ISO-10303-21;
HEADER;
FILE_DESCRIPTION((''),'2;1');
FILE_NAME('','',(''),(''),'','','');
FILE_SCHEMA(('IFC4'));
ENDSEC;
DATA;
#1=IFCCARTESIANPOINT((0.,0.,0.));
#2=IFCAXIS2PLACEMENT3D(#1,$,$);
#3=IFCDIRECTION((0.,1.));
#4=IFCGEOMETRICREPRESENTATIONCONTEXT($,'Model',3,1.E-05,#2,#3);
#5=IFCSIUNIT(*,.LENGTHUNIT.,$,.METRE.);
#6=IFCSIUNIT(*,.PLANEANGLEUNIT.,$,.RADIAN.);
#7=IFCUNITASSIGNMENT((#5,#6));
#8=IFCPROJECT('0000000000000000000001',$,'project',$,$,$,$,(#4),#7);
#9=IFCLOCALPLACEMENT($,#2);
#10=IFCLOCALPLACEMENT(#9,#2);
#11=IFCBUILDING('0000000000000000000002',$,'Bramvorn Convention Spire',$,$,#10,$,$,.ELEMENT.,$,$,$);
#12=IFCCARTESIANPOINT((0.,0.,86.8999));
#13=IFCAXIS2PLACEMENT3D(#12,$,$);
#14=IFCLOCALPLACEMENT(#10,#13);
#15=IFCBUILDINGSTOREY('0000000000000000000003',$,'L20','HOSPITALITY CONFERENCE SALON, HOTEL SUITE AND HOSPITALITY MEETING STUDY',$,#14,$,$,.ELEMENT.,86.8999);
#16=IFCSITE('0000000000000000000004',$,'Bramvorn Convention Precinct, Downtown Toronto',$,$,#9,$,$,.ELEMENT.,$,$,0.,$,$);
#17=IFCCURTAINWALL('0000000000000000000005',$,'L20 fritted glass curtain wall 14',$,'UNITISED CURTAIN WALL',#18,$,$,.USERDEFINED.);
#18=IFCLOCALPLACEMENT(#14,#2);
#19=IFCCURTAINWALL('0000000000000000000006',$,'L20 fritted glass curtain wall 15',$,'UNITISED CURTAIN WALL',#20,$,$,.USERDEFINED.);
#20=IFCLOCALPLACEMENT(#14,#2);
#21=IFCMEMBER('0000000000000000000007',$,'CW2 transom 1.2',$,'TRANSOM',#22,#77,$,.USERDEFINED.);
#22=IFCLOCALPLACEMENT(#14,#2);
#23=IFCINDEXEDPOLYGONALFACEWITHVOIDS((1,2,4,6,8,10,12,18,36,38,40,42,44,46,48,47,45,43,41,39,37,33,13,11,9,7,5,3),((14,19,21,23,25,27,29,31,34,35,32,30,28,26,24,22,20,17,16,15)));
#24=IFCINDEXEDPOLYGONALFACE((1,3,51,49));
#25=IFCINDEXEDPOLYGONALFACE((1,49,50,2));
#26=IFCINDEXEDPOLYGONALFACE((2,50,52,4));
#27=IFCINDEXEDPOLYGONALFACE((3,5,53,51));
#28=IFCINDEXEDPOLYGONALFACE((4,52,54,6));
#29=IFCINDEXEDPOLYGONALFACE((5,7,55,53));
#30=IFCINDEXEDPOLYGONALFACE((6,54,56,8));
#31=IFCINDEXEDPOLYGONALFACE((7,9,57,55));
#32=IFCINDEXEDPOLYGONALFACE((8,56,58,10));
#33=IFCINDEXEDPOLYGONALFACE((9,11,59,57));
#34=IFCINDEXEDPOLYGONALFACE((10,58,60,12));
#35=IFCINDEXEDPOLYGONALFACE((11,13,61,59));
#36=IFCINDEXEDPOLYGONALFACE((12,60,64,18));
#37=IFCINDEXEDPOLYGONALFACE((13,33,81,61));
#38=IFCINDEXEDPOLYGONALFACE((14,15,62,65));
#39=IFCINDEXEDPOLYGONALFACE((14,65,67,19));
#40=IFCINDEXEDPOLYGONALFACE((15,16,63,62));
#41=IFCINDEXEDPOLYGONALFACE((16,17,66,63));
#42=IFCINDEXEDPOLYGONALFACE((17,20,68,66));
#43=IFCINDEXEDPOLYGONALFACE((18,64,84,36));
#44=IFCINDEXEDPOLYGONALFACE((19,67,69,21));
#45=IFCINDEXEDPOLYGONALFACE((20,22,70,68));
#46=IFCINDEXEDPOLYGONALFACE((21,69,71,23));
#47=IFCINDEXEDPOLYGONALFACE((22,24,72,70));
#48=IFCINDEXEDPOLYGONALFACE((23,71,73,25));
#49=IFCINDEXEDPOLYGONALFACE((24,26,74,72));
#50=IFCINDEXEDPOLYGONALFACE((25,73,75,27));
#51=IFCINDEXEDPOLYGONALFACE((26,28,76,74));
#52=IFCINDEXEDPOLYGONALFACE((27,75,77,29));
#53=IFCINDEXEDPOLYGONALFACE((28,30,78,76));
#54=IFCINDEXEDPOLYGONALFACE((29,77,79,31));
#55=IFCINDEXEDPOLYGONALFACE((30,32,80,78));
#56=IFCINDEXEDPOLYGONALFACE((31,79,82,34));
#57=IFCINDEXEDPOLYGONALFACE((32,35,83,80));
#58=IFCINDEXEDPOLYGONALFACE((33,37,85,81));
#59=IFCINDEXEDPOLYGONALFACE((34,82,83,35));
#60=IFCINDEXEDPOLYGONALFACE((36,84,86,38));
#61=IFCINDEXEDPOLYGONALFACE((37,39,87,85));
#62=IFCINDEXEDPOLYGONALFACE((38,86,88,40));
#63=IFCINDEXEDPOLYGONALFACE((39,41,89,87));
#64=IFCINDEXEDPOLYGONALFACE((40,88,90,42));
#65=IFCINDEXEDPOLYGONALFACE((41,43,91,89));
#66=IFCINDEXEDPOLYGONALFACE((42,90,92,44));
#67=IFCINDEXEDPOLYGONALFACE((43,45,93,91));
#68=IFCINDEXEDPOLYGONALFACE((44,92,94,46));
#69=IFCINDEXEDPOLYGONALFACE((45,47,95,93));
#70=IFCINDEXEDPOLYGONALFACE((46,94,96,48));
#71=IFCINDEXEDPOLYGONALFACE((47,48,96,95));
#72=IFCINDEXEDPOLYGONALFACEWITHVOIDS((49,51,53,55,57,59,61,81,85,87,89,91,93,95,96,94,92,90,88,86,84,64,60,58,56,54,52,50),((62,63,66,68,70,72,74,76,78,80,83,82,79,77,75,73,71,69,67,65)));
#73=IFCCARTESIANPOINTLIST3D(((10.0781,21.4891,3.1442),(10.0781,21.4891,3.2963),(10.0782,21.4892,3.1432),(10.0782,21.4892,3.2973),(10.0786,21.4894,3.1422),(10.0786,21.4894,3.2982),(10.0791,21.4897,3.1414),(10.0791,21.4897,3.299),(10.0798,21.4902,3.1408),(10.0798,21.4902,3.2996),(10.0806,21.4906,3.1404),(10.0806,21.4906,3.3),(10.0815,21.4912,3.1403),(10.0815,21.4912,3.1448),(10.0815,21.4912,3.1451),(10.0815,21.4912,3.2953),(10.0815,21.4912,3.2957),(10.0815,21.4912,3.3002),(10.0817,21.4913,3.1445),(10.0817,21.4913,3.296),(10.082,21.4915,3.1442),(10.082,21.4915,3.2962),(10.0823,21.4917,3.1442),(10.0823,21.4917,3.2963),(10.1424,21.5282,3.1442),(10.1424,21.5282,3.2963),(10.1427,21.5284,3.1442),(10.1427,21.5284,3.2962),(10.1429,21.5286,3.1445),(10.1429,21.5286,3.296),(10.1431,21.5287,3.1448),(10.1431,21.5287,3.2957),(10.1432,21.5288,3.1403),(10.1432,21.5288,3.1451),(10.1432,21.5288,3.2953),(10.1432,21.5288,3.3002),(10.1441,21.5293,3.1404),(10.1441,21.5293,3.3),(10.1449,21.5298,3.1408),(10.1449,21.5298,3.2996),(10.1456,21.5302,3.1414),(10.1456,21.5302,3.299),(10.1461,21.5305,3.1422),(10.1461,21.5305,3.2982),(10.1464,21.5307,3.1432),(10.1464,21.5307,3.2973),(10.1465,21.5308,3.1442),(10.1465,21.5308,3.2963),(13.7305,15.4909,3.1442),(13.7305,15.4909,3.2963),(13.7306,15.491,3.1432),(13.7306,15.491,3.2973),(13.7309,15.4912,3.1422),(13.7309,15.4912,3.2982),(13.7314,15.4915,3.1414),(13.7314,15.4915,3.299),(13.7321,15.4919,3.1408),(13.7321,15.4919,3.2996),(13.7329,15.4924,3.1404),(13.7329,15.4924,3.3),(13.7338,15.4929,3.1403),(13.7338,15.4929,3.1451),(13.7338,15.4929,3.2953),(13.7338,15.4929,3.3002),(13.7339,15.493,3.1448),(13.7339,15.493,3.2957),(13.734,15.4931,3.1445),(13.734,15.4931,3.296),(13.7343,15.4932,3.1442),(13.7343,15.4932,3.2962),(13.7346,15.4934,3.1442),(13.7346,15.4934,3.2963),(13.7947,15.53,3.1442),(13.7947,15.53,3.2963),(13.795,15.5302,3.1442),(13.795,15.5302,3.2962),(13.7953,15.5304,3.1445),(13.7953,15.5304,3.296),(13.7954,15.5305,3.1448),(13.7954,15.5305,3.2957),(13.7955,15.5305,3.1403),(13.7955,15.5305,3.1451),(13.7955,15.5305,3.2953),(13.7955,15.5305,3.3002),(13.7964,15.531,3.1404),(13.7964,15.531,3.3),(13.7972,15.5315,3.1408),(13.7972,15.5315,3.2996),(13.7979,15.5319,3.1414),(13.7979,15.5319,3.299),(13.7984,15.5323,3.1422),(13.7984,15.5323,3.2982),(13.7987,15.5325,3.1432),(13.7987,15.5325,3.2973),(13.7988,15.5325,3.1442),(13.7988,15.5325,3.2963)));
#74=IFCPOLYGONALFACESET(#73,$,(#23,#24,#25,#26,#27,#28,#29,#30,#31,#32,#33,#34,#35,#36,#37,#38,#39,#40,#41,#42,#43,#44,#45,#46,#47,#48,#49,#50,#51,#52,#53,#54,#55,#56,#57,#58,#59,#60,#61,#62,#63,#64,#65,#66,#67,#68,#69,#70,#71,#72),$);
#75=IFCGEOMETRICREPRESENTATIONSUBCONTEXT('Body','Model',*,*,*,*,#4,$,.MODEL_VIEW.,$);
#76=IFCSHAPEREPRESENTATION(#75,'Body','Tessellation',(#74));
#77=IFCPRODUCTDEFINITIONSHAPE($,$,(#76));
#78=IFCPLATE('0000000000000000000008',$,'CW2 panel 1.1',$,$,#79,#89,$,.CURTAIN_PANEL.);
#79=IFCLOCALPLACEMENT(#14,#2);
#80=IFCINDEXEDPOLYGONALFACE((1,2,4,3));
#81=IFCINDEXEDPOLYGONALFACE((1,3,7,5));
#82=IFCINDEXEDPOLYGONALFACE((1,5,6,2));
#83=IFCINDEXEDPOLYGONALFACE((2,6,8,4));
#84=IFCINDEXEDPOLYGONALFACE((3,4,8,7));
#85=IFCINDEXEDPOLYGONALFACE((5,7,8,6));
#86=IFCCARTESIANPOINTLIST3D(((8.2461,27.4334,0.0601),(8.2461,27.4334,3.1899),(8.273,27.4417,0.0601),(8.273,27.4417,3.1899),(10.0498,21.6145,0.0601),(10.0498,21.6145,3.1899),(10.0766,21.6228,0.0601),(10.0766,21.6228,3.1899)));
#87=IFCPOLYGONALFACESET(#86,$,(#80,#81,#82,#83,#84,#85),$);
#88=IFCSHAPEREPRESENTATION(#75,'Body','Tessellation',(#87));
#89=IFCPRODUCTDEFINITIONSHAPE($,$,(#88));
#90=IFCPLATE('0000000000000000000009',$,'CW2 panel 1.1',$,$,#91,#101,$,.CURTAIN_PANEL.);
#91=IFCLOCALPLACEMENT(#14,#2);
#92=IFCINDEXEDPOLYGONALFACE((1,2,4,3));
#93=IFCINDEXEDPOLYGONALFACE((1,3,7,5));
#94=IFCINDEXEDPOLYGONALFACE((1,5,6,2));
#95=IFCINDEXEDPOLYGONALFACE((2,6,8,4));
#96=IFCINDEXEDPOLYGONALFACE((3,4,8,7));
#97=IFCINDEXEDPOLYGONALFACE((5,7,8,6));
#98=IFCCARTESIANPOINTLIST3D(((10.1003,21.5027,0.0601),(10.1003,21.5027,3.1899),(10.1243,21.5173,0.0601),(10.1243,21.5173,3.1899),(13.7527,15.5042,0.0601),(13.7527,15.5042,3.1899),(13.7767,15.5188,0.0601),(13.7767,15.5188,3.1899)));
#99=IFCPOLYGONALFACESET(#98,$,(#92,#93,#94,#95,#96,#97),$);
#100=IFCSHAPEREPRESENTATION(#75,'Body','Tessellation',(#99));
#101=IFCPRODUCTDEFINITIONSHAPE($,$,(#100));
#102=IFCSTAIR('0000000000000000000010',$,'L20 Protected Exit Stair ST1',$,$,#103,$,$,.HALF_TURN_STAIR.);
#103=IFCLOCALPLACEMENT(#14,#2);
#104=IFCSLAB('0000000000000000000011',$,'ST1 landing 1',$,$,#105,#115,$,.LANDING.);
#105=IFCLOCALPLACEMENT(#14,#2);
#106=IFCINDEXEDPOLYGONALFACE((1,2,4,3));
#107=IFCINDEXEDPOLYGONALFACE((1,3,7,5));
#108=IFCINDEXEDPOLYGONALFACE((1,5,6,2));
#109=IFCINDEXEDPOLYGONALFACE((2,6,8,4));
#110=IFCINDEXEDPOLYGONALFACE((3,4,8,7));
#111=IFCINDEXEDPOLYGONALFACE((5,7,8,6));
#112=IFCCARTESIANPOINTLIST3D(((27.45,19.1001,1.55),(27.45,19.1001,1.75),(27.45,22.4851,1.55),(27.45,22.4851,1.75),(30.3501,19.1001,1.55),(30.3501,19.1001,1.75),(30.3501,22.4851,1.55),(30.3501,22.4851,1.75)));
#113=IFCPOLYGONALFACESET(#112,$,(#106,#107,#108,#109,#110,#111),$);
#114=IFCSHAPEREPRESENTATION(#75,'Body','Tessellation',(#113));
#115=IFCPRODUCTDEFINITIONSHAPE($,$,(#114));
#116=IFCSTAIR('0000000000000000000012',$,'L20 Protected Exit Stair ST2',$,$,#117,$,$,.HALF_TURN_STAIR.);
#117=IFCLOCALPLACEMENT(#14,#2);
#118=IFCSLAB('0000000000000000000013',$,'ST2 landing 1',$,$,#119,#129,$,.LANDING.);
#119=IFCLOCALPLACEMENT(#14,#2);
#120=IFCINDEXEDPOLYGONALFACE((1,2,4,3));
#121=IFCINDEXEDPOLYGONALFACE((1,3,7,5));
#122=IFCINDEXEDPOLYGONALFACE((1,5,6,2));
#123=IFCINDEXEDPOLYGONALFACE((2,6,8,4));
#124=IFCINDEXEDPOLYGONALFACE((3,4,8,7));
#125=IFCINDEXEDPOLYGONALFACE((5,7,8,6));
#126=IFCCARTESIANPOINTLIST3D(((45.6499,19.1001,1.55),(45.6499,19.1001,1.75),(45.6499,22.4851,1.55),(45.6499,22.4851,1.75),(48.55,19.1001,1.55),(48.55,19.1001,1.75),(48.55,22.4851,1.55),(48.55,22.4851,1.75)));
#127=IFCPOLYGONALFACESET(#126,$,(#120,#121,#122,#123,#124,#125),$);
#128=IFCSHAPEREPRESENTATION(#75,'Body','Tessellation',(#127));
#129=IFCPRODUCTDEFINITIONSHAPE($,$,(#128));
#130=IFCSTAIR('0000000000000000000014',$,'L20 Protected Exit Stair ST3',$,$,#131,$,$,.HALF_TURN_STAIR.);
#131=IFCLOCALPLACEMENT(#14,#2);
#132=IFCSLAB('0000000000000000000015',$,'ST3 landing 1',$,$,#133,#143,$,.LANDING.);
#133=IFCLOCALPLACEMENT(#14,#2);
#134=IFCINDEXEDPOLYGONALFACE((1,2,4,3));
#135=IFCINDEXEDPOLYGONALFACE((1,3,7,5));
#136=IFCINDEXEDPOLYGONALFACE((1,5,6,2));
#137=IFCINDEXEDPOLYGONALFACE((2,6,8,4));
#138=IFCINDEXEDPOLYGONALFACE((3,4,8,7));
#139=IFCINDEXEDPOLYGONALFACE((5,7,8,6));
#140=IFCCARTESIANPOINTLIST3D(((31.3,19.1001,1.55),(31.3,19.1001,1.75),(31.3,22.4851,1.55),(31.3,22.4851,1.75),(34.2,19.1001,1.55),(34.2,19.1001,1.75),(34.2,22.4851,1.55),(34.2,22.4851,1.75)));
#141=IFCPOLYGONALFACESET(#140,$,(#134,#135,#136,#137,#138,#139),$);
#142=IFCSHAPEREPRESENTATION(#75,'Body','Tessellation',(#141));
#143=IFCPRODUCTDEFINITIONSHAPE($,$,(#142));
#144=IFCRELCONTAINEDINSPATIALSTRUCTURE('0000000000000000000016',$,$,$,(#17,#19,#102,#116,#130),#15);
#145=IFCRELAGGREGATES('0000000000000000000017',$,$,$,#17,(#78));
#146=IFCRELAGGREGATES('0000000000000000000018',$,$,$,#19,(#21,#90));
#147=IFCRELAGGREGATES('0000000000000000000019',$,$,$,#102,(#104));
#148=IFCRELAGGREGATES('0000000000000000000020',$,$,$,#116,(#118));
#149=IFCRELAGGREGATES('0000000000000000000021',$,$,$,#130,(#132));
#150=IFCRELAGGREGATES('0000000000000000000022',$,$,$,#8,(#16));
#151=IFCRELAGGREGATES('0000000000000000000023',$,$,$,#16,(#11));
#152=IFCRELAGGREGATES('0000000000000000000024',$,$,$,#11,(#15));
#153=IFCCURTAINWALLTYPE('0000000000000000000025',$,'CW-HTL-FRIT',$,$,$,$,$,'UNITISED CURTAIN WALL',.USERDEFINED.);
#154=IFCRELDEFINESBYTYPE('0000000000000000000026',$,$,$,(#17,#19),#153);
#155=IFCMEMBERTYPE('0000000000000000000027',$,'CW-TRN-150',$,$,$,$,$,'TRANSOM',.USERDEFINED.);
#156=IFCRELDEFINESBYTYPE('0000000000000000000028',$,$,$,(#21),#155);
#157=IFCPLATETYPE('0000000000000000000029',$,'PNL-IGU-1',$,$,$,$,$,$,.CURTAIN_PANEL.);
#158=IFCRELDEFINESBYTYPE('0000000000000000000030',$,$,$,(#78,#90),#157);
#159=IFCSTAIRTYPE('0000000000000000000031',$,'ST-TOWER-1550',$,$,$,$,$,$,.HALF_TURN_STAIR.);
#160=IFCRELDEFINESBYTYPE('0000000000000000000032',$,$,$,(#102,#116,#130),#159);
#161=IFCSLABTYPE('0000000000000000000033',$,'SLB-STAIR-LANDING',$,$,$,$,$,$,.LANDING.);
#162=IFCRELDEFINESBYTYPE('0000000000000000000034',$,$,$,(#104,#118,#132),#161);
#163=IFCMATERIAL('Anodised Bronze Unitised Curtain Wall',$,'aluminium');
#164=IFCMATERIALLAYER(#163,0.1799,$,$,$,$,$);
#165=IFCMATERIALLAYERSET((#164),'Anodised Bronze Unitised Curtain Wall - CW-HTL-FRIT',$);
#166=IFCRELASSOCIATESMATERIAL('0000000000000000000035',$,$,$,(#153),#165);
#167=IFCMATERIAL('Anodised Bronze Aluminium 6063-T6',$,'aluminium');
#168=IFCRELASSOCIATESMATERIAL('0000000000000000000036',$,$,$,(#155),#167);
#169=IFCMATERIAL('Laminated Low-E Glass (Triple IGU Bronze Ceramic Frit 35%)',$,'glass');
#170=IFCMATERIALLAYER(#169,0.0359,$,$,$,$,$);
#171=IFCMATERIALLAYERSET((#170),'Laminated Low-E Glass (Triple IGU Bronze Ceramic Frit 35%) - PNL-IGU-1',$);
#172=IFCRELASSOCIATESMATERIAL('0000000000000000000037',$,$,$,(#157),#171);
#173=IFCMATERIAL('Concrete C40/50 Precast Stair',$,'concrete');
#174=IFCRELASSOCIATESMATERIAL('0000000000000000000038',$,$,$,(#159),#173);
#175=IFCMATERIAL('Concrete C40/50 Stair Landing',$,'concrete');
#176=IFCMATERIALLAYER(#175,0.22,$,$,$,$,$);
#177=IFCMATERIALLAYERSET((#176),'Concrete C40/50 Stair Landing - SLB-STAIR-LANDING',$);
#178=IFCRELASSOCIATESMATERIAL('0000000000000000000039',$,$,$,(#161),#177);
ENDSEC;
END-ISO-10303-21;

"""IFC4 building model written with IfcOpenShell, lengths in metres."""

from ifc_helpers import new_model, si_unit, direction, frame, origin, origin_2d, place, context, subcontext, project, spatial, polyline, rectangle, hollow_rectangle, outline, extrude, material, layer, layer_set, material_profile, profile_set, type_object, element, aggregate, save


model = new_model("IFC4")

# Units and contexts
model_context = context("Model", 3, precision=1e-05, world=origin(), true_north=direction((0.0, 1.0)))
body_context = subcontext(model_context, "Body", "Model", "MODEL_VIEW")
ifc_project = project(units=[si_unit("LENGTHUNIT", "METRE"), si_unit("PLANEANGLEUNIT", "RADIAN")], contexts=[model_context])

# Site, building, storey
site_placement = place(None, origin())
site = spatial("IfcSite", under=ifc_project, at=site_placement, Name="Bramvorn Convention Precinct, Downtown Toronto", CompositionType="ELEMENT", RefElevation=0.0)
building_placement = place(site_placement, origin())
building = spatial("IfcBuilding", under=site, at=building_placement, Name="Bramvorn Convention Spire", CompositionType="ELEMENT")
storey_placement = place(building_placement, frame((0.0, 0.0, 86.8999)))
storey = spatial("IfcBuildingStorey", under=building, at=storey_placement, Name="L20", Description="HOSPITALITY CONFERENCE SALON, HOTEL SUITE AND HOSPITALITY MEETING STUDY", CompositionType="ELEMENT", Elevation=86.8999)

# Curtain walls
ifc_material_1 = material(Name="Anodised Bronze Unitised Curtain Wall", Category="aluminium")
ifc_layer_1 = layer(ifc_material_1, 0.1799)
ifc_layer_set_1 = layer_set([ifc_layer_1], Name="Anodised Bronze Unitised Curtain Wall - CW-HTL-FRIT")
curtain_wall_type = type_object("IfcCurtainWallType", Name="CW-HTL-FRIT", ElementType="UNITISED CURTAIN WALL", PredefinedType="USERDEFINED", material=ifc_layer_set_1)
curtain_wall_1_placement = place(storey_placement, origin())
curtain_wall_1 = element("IfcCurtainWall", 1, at=curtain_wall_1_placement, inside=storey, type_object=curtain_wall_type, Name="L20 fritted glass curtain wall 14", ObjectType="UNITISED CURTAIN WALL", PredefinedType="USERDEFINED")
ifc_material_2 = material(Name="Anodised Bronze Aluminium 6063-T6", Category="aluminium")
curtain_wall_2_placement = place(storey_placement, origin())
curtain_wall_2 = element("IfcCurtainWall", 2, at=curtain_wall_2_placement, inside=storey, type_object=curtain_wall_type, Name="L20 fritted glass curtain wall 15", ObjectType="UNITISED CURTAIN WALL", PredefinedType="USERDEFINED")

# Member
ifc_material_profile_1 = material_profile(ifc_material_2, hollow_rectangle(XDim=0.0801, YDim=0.1599, WallThickness=0.0039, InnerFilletRadius=0.001, OuterFilletRadius=0.0039, at=origin_2d()))
ifc_profile_set_1 = profile_set([ifc_material_profile_1], Name="Anodised Bronze Aluminium 6063-T6 - CWT80X160")
member_type_1 = type_object("IfcMemberType", Name="CW-TRN-150", ElementType="TRANSOM", PredefinedType="USERDEFINED", material=ifc_profile_set_1)
member_1_placement = place(storey_placement, frame((13.7646, 15.5117, 3.2202), z_axis=(-0.520073, 0.854122, 0.0), x_axis=(-0.854122, -0.520073, 0.0)))
member_1 = element("IfcMember", 3, at=member_1_placement, type_object=member_type_1, Name="CW2 transom 1.2", ObjectType="TRANSOM", PredefinedType="USERDEFINED", context=body_context, shape_type="SweptSolid", body=[
    extrude(hollow_rectangle(XDim=0.0801, YDim=0.1599, WallThickness=0.0039, InnerFilletRadius=0.001, OuterFilletRadius=0.0039, at=origin_2d()), origin(), (0.0, 0.0, 1.0), 7.0227),
])

# Plates
ifc_material_3 = material(Name="Laminated Low-E Glass (Triple IGU Bronze Ceramic Frit 35%)", Category="glass")
ifc_layer_2 = layer(ifc_material_3, 0.0359)
ifc_layer_set_2 = layer_set([ifc_layer_2], Name="Laminated Low-E Glass (Triple IGU Bronze Ceramic Frit 35%) - PNL-IGU-1")
plate_type = type_object("IfcPlateType", Name="PNL-IGU-1", PredefinedType="CURTAIN_PANEL", material=ifc_layer_set_2)
plate_1_placement = place(storey_placement, frame((9.1614, 24.5281, 0.0601), z_axis=(0.0, 0.0, 1.0), x_axis=(-0.296067, 0.955167, 0.0)))
plate_1 = element("IfcPlate", 4, at=plate_1_placement, type_object=plate_type, Name="CW2 panel 1.1", PredefinedType="CURTAIN_PANEL", context=body_context, shape_type="SweptSolid", body=[
    extrude(rectangle(XDim=6.092, YDim=0.0281, at=origin_2d()), origin(), (0.0, 0.0, 1.0), 3.1299),
])
aggregate(curtain_wall_1, [plate_1])
plate_2_placement = place(storey_placement, frame((11.9385, 18.5107, 0.0601), z_axis=(0.0, 0.0, 1.0), x_axis=(-0.52007, 0.854123, 0.0)))
plate_2 = element("IfcPlate", 5, at=plate_2_placement, type_object=plate_type, Name="CW2 panel 1.1", PredefinedType="CURTAIN_PANEL", context=body_context, shape_type="SweptSolid", body=[
    extrude(rectangle(XDim=7.0229, YDim=0.0281, at=origin_2d()), origin(), (0.0, 0.0, 1.0), 3.1299),
])
aggregate(curtain_wall_2, [member_1, plate_2])

# Stairs, slabs
ifc_material_4 = material(Name="Concrete C40/50 Precast Stair", Category="concrete")
stair_type = type_object("IfcStairType", Name="ST-TOWER-1550", PredefinedType="HALF_TURN_STAIR", material=ifc_material_4)
stair_1_placement = place(storey_placement, origin())
stair_1 = element("IfcStair", 6, at=stair_1_placement, inside=storey, type_object=stair_type, Name="L20 Protected Exit Stair ST1", PredefinedType="HALF_TURN_STAIR")
ifc_material_5 = material(Name="Concrete C40/50 Stair Landing", Category="concrete")
ifc_layer_3 = layer(ifc_material_5, 0.22)
ifc_layer_set_3 = layer_set([ifc_layer_3], Name="Concrete C40/50 Stair Landing - SLB-STAIR-LANDING")
slab_type_1 = type_object("IfcSlabType", Name="SLB-STAIR-LANDING", PredefinedType="LANDING", material=ifc_layer_set_3)
slab_1_placement = place(storey_placement, frame((0.0, 0.0, 1.55)))
slab_1 = element("IfcSlab", 7, at=slab_1_placement, type_object=slab_type_1, Name="ST1 landing 1", PredefinedType="LANDING", context=body_context, shape_type="SweptSolid", body=[
    extrude(outline(polyline([(27.45, 22.4851), (27.45, 19.1001), (30.3501, 19.1001), (30.3501, 22.4851), (27.45, 22.4851)])), origin(), (0.0, 0.0, 1.0), 0.2),
])
aggregate(stair_1, [slab_1])
stair_2_placement = place(storey_placement, origin())
stair_2 = element("IfcStair", 8, at=stair_2_placement, inside=storey, type_object=stair_type, Name="L20 Protected Exit Stair ST2", PredefinedType="HALF_TURN_STAIR")
slab_2_placement = place(storey_placement, frame((0.0, 0.0, 1.55)))
slab_2 = element("IfcSlab", 9, at=slab_2_placement, type_object=slab_type_1, Name="ST2 landing 1", PredefinedType="LANDING", context=body_context, shape_type="SweptSolid", body=[
    extrude(outline(polyline([(45.6499, 22.4851), (45.6499, 19.1001), (48.55, 19.1001), (48.55, 22.4851), (45.6499, 22.4851)])), origin(), (0.0, 0.0, 1.0), 0.2),
])
aggregate(stair_2, [slab_2])
stair_3_placement = place(storey_placement, origin())
stair_3 = element("IfcStair", 10, at=stair_3_placement, inside=storey, type_object=stair_type, Name="L20 Protected Exit Stair ST3", PredefinedType="HALF_TURN_STAIR")
slab_3_placement = place(storey_placement, frame((0.0, 0.0, 1.55)))
slab_3 = element("IfcSlab", 11, at=slab_3_placement, type_object=slab_type_1, Name="ST3 landing 1", PredefinedType="LANDING", context=body_context, shape_type="SweptSolid", body=[
    extrude(outline(polyline([(31.3, 22.4851), (31.3, 19.1001), (34.2, 19.1001), (34.2, 22.4851), (31.3, 22.4851)])), origin(), (0.0, 0.0, 1.0), 0.2),
])
aggregate(stair_3, [slab_3])

save(model, "model.ifc")
